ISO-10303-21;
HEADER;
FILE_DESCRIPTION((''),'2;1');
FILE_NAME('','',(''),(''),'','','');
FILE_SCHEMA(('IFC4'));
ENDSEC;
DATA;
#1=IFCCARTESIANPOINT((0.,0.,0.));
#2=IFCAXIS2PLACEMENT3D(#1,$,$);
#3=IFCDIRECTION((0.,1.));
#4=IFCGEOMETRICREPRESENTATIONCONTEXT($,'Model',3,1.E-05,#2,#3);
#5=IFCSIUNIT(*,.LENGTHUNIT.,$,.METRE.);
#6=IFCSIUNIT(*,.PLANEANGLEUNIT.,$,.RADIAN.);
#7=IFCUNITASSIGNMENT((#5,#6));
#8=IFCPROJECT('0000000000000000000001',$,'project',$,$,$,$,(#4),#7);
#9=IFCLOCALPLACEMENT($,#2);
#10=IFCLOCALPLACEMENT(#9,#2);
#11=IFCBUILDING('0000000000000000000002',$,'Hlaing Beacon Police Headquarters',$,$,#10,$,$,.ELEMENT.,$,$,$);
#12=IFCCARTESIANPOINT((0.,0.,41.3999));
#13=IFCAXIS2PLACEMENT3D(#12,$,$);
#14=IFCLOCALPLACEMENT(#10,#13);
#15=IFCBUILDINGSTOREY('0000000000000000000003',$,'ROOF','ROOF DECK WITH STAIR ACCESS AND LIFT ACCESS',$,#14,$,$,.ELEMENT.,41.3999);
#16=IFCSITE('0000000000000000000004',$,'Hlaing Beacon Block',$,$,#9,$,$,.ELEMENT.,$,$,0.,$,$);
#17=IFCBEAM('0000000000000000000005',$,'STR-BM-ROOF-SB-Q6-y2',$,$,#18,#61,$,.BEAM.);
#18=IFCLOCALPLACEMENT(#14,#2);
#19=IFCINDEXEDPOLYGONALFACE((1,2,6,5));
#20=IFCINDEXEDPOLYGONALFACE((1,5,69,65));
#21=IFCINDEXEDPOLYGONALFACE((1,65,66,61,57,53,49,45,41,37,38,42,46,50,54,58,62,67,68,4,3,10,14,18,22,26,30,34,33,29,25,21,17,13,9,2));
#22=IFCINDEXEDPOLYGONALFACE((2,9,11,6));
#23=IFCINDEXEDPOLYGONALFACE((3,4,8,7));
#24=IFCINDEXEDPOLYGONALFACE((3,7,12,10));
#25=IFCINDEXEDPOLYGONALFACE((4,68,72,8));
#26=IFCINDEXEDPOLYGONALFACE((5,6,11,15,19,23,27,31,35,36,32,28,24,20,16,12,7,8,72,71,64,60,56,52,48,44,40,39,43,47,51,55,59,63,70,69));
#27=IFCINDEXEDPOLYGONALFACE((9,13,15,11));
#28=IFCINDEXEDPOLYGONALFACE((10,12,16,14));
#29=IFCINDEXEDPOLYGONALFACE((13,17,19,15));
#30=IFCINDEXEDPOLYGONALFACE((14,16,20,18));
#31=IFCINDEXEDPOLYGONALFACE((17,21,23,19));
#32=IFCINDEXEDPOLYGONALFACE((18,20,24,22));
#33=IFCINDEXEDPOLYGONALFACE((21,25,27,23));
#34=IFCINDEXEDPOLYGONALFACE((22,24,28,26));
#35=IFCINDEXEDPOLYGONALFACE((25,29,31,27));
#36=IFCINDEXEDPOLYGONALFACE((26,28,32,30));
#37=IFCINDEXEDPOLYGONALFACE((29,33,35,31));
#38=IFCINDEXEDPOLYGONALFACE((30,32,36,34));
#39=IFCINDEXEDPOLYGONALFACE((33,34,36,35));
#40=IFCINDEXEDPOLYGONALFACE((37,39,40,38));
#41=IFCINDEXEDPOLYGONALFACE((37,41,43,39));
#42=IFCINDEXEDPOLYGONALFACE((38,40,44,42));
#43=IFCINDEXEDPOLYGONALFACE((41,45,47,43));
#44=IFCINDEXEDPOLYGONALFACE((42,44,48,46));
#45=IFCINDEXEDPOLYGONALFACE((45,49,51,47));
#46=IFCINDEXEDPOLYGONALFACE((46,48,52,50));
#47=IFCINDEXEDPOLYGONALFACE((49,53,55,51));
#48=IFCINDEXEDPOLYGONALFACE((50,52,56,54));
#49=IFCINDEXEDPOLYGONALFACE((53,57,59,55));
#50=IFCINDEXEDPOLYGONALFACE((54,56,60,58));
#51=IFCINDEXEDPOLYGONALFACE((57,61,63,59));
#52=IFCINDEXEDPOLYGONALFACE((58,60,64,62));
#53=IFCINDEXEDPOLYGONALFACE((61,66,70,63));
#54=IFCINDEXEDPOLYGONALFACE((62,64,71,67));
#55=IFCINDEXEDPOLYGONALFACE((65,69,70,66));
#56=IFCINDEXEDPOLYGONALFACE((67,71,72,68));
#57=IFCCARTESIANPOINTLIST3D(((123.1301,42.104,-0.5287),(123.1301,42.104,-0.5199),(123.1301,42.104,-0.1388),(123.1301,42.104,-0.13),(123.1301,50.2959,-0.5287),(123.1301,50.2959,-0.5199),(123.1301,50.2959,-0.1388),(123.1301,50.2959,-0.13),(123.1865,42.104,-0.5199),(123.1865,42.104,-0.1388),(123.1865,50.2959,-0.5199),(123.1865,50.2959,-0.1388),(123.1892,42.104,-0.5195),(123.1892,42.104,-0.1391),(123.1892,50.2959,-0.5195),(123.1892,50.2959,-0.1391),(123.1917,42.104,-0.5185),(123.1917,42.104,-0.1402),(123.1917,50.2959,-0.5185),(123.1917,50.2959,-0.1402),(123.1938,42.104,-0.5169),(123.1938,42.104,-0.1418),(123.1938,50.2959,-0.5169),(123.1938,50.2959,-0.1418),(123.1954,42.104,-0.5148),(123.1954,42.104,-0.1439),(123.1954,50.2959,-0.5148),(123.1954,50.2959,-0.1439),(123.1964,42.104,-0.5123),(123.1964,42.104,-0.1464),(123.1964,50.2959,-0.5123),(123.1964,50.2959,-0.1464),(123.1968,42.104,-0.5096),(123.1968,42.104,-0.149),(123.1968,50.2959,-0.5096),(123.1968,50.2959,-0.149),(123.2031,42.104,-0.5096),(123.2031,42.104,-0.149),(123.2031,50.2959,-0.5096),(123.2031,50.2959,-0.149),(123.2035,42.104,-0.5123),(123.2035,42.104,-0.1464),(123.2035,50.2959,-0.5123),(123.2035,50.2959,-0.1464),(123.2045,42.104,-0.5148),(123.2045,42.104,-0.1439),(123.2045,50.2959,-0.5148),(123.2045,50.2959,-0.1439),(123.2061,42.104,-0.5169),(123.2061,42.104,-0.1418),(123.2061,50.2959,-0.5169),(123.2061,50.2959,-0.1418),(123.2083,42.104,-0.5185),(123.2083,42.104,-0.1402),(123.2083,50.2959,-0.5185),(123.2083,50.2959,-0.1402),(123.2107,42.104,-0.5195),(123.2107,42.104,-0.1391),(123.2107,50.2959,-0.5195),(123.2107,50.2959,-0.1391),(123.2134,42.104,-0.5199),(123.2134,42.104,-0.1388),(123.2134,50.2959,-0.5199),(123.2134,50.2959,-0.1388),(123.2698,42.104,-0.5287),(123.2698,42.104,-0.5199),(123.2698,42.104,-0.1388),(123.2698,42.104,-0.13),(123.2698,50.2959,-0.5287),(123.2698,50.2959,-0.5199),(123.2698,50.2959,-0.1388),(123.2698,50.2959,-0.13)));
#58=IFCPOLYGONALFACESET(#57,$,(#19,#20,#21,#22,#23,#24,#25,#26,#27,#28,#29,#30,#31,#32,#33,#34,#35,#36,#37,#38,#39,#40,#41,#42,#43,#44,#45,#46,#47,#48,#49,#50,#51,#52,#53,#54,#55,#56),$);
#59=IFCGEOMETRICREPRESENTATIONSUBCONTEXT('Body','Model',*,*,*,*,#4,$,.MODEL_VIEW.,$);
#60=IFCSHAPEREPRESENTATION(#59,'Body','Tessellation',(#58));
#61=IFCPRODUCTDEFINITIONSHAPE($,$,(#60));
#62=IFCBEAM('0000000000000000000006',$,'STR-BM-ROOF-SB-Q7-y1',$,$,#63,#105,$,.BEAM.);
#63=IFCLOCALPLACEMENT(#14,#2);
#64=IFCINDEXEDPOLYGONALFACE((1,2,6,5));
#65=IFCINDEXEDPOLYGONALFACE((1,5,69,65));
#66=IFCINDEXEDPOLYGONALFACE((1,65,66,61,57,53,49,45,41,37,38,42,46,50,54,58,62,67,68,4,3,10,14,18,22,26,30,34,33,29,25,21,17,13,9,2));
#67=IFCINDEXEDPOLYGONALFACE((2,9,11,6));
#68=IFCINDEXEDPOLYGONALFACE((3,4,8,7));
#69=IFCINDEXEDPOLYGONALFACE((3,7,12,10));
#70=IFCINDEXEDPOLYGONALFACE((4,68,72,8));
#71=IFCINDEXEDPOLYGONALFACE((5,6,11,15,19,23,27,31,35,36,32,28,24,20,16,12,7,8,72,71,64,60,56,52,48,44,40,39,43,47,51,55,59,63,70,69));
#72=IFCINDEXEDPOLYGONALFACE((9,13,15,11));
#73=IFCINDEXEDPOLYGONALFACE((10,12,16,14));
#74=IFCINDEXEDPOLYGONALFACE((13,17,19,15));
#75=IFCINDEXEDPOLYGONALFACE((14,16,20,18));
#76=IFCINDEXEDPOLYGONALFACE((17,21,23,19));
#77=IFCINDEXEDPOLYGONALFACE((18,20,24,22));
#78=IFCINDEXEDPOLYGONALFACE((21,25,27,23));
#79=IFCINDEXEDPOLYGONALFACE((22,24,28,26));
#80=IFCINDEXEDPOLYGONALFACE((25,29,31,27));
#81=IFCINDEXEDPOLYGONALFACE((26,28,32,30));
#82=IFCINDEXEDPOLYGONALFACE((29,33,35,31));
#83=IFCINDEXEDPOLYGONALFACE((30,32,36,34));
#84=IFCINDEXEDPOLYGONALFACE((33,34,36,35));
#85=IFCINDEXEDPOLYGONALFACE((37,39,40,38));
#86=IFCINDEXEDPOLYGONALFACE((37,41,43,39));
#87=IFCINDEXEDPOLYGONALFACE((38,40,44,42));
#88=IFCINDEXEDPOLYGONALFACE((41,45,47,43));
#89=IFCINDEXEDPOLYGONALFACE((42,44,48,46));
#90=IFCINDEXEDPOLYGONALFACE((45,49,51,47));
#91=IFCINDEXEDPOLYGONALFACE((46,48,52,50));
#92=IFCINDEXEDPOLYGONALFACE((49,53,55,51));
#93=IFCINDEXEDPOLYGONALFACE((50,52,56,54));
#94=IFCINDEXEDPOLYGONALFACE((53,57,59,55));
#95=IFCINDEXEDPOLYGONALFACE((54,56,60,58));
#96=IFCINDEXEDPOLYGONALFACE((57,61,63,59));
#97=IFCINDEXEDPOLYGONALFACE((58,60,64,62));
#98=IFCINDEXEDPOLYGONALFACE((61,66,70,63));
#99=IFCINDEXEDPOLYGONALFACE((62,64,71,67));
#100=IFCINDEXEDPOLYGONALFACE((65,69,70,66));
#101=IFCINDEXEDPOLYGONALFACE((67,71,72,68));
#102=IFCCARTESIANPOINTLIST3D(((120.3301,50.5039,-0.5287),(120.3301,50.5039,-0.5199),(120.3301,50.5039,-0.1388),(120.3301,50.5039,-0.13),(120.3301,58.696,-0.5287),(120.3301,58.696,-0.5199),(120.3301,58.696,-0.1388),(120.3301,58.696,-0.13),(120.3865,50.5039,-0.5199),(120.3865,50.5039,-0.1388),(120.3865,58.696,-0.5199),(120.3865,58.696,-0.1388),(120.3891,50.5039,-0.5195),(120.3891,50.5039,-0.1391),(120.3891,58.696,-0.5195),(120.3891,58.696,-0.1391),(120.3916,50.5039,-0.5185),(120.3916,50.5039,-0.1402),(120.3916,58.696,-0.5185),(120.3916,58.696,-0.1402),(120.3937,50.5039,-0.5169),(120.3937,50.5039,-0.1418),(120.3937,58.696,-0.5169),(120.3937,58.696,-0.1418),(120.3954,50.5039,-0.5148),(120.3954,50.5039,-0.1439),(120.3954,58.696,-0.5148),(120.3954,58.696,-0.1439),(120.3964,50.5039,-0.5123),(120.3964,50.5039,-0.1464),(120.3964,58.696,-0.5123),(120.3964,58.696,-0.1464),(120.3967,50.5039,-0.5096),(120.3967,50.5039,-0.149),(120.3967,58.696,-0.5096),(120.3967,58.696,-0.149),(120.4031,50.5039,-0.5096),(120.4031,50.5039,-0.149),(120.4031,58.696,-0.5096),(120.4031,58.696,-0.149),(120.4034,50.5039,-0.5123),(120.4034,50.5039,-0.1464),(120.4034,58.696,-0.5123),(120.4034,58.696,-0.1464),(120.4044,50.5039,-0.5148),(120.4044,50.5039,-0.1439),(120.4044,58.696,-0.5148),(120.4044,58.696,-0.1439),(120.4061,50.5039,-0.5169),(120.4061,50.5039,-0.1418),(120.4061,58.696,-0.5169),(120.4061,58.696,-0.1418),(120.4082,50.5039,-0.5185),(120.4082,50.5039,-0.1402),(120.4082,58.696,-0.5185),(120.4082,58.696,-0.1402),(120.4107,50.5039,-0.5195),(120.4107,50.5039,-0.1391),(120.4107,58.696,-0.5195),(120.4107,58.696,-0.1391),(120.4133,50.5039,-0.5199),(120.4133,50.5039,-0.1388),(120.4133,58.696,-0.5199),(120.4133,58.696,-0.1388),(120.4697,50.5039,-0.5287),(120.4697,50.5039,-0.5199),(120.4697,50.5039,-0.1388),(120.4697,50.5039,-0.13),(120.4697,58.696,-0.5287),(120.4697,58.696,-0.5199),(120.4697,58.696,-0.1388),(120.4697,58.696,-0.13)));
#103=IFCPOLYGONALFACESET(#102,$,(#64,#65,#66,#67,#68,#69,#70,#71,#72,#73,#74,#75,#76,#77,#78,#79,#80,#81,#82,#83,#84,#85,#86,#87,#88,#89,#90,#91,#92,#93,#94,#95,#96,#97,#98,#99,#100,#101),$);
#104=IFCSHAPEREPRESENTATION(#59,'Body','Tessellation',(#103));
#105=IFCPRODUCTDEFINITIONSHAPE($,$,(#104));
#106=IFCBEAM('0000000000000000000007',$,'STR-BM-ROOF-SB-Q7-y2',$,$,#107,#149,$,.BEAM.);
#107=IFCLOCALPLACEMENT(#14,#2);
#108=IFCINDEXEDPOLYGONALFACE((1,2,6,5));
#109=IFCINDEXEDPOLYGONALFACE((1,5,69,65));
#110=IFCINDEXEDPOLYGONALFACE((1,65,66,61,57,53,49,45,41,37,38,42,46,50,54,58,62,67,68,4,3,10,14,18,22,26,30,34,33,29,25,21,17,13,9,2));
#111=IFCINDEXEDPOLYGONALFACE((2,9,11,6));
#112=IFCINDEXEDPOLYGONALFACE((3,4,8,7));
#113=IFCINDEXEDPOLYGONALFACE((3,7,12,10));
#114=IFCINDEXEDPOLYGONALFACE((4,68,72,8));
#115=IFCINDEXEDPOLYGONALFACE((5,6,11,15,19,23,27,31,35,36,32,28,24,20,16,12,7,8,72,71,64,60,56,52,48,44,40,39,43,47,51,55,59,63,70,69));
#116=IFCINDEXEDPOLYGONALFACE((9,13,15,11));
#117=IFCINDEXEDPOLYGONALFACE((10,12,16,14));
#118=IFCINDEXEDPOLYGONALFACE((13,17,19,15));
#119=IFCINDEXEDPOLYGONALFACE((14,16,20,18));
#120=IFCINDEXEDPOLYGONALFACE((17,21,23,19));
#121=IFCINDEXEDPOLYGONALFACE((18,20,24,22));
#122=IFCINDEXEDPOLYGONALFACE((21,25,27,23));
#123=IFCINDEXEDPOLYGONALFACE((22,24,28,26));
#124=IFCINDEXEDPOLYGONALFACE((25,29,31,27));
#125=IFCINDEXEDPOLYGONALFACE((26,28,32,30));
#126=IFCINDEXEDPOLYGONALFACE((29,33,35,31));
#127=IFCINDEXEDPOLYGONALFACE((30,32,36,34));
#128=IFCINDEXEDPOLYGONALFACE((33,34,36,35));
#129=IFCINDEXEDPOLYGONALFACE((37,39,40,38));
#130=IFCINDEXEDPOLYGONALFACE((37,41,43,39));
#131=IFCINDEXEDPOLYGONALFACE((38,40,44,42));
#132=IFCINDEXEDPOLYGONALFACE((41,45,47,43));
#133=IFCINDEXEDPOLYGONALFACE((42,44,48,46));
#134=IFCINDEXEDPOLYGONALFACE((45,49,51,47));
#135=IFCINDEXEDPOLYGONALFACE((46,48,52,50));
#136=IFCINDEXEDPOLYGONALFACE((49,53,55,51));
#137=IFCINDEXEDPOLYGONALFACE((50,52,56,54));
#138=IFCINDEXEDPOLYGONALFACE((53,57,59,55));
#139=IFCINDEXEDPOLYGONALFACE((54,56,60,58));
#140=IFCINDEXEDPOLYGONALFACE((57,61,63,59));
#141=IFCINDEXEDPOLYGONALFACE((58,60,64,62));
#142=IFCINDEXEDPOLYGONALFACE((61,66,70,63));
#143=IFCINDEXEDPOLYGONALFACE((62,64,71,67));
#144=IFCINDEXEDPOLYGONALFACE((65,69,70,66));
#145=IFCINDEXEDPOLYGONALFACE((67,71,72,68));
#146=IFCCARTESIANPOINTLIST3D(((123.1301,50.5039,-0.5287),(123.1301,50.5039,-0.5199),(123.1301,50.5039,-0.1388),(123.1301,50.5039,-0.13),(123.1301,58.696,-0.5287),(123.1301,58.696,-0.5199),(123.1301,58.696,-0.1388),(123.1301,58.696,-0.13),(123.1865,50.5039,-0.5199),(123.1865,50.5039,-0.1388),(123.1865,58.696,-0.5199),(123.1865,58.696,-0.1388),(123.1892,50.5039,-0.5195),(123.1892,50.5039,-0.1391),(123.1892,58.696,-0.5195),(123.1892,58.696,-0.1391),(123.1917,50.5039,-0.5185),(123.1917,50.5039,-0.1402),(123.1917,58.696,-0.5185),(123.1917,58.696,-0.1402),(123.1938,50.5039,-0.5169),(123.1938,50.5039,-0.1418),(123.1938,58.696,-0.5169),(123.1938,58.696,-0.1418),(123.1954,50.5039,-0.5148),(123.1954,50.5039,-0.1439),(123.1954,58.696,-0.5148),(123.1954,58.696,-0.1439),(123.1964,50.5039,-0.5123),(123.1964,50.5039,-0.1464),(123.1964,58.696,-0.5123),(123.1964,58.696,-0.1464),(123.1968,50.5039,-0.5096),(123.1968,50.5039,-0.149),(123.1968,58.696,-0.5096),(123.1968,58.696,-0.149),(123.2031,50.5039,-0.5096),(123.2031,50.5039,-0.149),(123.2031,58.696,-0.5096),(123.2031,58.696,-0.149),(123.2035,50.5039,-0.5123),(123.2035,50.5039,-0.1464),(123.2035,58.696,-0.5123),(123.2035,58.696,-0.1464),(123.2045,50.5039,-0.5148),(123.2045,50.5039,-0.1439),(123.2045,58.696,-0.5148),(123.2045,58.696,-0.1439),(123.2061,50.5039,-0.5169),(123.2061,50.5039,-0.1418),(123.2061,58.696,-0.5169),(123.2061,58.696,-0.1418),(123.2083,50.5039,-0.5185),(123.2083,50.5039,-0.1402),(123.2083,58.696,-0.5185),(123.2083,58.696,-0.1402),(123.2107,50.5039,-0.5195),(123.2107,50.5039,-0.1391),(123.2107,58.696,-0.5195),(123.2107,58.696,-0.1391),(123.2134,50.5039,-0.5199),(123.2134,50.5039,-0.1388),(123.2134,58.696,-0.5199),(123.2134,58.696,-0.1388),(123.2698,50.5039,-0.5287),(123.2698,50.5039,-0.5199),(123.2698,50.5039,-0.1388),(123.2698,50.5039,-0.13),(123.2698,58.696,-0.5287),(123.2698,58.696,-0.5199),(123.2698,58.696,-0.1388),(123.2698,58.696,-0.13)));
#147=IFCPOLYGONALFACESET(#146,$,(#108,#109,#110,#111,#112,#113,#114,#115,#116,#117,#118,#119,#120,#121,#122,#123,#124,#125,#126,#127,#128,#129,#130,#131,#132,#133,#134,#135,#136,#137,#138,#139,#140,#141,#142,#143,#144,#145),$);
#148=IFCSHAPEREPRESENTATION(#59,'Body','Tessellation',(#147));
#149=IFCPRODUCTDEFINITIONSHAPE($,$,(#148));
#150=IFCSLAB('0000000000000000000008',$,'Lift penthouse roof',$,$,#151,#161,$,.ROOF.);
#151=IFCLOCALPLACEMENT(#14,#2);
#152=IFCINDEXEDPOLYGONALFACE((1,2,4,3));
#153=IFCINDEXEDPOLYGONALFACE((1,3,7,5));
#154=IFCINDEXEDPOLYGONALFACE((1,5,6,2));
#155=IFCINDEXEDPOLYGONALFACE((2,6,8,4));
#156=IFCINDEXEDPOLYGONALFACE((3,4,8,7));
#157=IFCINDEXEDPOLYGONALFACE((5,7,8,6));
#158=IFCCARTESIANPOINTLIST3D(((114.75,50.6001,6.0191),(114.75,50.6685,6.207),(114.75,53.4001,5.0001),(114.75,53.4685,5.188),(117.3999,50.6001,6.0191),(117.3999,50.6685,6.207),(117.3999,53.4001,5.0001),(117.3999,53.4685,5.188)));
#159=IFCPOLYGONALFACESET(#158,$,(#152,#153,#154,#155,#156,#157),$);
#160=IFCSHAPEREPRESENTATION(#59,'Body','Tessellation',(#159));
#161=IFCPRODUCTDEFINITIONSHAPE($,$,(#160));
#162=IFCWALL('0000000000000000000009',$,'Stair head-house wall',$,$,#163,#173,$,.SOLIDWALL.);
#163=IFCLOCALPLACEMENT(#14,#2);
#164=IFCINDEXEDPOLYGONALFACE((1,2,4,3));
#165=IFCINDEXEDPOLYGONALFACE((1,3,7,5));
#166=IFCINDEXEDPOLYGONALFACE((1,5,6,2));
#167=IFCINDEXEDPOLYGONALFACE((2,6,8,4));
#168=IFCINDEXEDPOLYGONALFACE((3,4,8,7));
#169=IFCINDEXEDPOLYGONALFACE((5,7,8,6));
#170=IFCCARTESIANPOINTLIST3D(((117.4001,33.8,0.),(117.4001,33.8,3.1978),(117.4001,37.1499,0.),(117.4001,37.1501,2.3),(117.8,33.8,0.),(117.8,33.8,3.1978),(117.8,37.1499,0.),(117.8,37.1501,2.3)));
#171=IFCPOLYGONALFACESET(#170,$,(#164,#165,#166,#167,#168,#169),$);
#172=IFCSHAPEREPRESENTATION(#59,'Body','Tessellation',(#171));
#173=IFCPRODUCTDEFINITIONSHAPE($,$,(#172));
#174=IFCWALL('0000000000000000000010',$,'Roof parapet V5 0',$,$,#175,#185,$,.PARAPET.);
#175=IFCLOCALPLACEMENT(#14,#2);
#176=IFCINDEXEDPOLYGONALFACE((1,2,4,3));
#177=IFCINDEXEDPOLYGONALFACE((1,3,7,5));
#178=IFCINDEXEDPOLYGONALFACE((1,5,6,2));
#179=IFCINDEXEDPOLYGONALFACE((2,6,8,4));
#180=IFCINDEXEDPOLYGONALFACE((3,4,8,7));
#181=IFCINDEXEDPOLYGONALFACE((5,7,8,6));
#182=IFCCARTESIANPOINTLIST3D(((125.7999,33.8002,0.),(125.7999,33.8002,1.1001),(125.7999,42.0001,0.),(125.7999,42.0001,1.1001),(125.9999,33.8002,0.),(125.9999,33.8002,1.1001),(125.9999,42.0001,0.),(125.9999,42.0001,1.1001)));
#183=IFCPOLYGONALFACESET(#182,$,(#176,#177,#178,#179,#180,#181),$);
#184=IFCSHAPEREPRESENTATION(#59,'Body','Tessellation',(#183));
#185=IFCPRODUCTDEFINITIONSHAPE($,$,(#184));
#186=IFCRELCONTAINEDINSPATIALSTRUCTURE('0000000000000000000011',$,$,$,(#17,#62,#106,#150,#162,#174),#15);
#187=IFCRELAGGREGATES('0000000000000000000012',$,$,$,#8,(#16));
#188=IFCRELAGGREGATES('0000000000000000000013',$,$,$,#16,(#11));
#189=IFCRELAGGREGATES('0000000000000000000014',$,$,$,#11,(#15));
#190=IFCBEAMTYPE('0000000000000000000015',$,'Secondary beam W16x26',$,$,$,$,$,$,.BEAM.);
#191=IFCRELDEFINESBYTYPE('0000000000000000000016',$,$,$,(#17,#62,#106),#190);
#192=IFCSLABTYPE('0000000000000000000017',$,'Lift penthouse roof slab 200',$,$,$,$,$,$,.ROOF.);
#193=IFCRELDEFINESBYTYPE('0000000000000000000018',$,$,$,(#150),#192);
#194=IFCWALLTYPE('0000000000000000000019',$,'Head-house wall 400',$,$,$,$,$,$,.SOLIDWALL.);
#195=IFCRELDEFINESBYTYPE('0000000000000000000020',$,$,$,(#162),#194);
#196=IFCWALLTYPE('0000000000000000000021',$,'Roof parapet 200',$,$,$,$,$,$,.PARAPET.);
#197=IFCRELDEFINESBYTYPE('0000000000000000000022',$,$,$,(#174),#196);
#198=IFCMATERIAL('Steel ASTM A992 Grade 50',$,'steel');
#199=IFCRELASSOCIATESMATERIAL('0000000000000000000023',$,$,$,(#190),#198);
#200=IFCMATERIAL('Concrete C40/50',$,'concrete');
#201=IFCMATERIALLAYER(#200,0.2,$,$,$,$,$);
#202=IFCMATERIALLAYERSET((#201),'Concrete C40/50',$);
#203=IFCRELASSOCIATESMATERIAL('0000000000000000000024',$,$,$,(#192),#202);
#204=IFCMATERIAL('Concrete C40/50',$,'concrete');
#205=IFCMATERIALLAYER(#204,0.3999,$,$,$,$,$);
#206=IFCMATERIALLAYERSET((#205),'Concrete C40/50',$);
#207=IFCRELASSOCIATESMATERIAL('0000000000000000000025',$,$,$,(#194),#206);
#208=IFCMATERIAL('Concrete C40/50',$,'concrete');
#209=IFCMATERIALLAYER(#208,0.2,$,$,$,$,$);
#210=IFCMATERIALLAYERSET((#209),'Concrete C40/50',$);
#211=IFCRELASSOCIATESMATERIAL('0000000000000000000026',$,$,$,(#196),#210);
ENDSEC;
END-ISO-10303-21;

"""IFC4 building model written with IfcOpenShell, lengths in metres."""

from ifc_helpers import new_model, si_unit, direction, frame, frame_2d, origin, origin_2d, place, context, subcontext, project, spatial, polyline, rectangle, i_section, outline, extrude, material, layer, layer_set, material_profile, profile_set, type_object, element, save


model = new_model("IFC4")

# Units and contexts
model_context = context("Model", 3, precision=1e-05, world=origin(), true_north=direction((0.0, 1.0)))
body_context = subcontext(model_context, "Body", "Model", "MODEL_VIEW")
ifc_project = project(units=[si_unit("LENGTHUNIT", "METRE"), si_unit("PLANEANGLEUNIT", "RADIAN")], contexts=[model_context])

# Site, building, storey
site_placement = place(None, origin())
site = spatial("IfcSite", under=ifc_project, at=site_placement, Name="Hlaing Beacon Block", CompositionType="ELEMENT", RefElevation=0.0)
building_placement = place(site_placement, origin())
building = spatial("IfcBuilding", under=site, at=building_placement, Name="Hlaing Beacon Police Headquarters", CompositionType="ELEMENT")
storey_placement = place(building_placement, frame((0.0, 0.0, 41.3999)))
storey = spatial("IfcBuildingStorey", under=building, at=storey_placement, Name="ROOF", Description="ROOF DECK WITH STAIR ACCESS AND LIFT ACCESS", CompositionType="ELEMENT", Elevation=41.3999)

# Beams
ifc_material_1 = material(Name="Steel ASTM A992 Grade 50", Category="steel")
ifc_material_profile_1 = material_profile(ifc_material_1, i_section(OverallWidth=0.1396, OverallDepth=0.3987, WebThickness=0.0063, FlangeThickness=0.0088, FilletRadius=0.0103, at=origin_2d()), Name="W16x26")
ifc_profile_set_1 = profile_set([ifc_material_profile_1], Name="Steel ASTM A992 Grade 50")
beam_type_1 = type_object("IfcBeamType", Name="Secondary beam W16x26", PredefinedType="BEAM", material=ifc_profile_set_1)
for number, where, z_axis, x_axis, name in (
    (1, (123.2, 42.104, -0.3293), (0.0, 1.0, 0.0), (-1.0, 0.0, 0.0), "STR-BM-ROOF-SB-Q6-y2"),
):
    element("IfcBeam", number, at=place(storey_placement, frame(where, z_axis=z_axis, x_axis=x_axis)), inside=storey, type_object=beam_type_1, Name=name, PredefinedType="BEAM", context=body_context, shape_type="SweptSolid", body=[
        extrude(i_section(OverallWidth=0.1396, OverallDepth=0.3987, WebThickness=0.0063, FlangeThickness=0.0088, FilletRadius=0.0103, at=origin_2d()), origin(), (0.0, 0.0, 1.0), 8.1919),
    ])
for number, where, z_axis, x_axis, name in (
    (2, (120.3999, 50.5039, -0.3293), (0.0, 1.0, 0.0), (-1.0, 0.0, 0.0), "STR-BM-ROOF-SB-Q7-y1"),
    (3, (123.2, 50.5039, -0.3293), (0.0, 1.0, 0.0), (-1.0, 0.0, 0.0), "STR-BM-ROOF-SB-Q7-y2"),
):
    element("IfcBeam", number, at=place(storey_placement, frame(where, z_axis=z_axis, x_axis=x_axis)), inside=storey, type_object=beam_type_1, Name=name, PredefinedType="BEAM", context=body_context, shape_type="SweptSolid", body=[
        extrude(i_section(OverallWidth=0.1396, OverallDepth=0.3987, WebThickness=0.0063, FlangeThickness=0.0088, FilletRadius=0.0103, at=origin_2d()), origin(), (0.0, 0.0, 1.0), 8.1921),
    ])

# Slab
ifc_material_2 = material(Name="Concrete C40/50", Category="concrete")
ifc_layer_1 = layer(ifc_material_2, 0.2)
ifc_layer_set_1 = layer_set([ifc_layer_1], Name="Concrete C40/50")
slab_type = type_object("IfcSlabType", Name="Lift penthouse roof slab 200", PredefinedType="ROOF", material=ifc_layer_set_1)
slab_placement = place(storey_placement, frame((114.75, 50.6685, 6.207), z_axis=(0.0, 0.341993, 0.939702), x_axis=(1.0, 0.0, 0.0)))
element("IfcSlab", 4, at=slab_placement, inside=storey, type_object=slab_type, Name="Lift penthouse roof", PredefinedType="ROOF", context=body_context, shape_type="SweptSolid", body=[
    extrude(outline(polyline([(0.0, 0.0), (2.6499, 0.0), (2.6499, 2.9797), (0.0, 2.9797), (0.0, 0.0)])), origin(), (0.0, 0.0, -1.0), 0.2),
])

# Walls
ifc_material_3 = material(Name="Concrete C40/50", Category="concrete")
ifc_layer_2 = layer(ifc_material_3, 0.3999)
ifc_layer_set_2 = layer_set([ifc_layer_2], Name="Concrete C40/50")
wall_type_1 = type_object("IfcWallType", Name="Head-house wall 400", PredefinedType="SOLIDWALL", material=ifc_layer_set_2)
wall_1_placement = place(storey_placement, frame((117.6001, 33.8, 0.0), z_axis=(0.0, 0.0, 1.0), x_axis=(0.0, 1.0, 0.0)))
element("IfcWall", 5, at=wall_1_placement, inside=storey, type_object=wall_type_1, Name="Stair head-house wall", PredefinedType="SOLIDWALL", context=body_context, shape_type="SweptSolid", body=[
    extrude(outline(polyline([(0.0, 0.0), (3.3499, 0.0), (3.3501, 2.3), (0.0, 3.1978), (0.0, 0.0)])), frame((0.0, 0.2, 0.0), z_axis=(0.0, -1.0, 0.0), x_axis=(1.0, 0.0, 0.0)), (0.0, 0.0, 1.0), 0.3999),
])
ifc_material_4 = material(Name="Concrete C40/50", Category="concrete")
ifc_layer_3 = layer(ifc_material_4, 0.2)
ifc_layer_set_3 = layer_set([ifc_layer_3], Name="Concrete C40/50")
wall_type_2 = type_object("IfcWallType", Name="Roof parapet 200", PredefinedType="PARAPET", material=ifc_layer_set_3)
wall_2_placement = place(storey_placement, frame((125.8999, 33.8, 0.0), z_axis=(0.0, 0.0, 1.0), x_axis=(0.0, 1.0, 0.0)))
element("IfcWall", 6, at=wall_2_placement, inside=storey, type_object=wall_type_2, Name="Roof parapet V5 0", PredefinedType="PARAPET", context=body_context, shape_type="SweptSolid", body=[
    extrude(rectangle(XDim=8.2, YDim=0.2, at=frame_2d((4.1001, 0.0))), origin(), (0.0, 0.0, 1.0), 1.1001),
])

save(model, "model.ifc")
